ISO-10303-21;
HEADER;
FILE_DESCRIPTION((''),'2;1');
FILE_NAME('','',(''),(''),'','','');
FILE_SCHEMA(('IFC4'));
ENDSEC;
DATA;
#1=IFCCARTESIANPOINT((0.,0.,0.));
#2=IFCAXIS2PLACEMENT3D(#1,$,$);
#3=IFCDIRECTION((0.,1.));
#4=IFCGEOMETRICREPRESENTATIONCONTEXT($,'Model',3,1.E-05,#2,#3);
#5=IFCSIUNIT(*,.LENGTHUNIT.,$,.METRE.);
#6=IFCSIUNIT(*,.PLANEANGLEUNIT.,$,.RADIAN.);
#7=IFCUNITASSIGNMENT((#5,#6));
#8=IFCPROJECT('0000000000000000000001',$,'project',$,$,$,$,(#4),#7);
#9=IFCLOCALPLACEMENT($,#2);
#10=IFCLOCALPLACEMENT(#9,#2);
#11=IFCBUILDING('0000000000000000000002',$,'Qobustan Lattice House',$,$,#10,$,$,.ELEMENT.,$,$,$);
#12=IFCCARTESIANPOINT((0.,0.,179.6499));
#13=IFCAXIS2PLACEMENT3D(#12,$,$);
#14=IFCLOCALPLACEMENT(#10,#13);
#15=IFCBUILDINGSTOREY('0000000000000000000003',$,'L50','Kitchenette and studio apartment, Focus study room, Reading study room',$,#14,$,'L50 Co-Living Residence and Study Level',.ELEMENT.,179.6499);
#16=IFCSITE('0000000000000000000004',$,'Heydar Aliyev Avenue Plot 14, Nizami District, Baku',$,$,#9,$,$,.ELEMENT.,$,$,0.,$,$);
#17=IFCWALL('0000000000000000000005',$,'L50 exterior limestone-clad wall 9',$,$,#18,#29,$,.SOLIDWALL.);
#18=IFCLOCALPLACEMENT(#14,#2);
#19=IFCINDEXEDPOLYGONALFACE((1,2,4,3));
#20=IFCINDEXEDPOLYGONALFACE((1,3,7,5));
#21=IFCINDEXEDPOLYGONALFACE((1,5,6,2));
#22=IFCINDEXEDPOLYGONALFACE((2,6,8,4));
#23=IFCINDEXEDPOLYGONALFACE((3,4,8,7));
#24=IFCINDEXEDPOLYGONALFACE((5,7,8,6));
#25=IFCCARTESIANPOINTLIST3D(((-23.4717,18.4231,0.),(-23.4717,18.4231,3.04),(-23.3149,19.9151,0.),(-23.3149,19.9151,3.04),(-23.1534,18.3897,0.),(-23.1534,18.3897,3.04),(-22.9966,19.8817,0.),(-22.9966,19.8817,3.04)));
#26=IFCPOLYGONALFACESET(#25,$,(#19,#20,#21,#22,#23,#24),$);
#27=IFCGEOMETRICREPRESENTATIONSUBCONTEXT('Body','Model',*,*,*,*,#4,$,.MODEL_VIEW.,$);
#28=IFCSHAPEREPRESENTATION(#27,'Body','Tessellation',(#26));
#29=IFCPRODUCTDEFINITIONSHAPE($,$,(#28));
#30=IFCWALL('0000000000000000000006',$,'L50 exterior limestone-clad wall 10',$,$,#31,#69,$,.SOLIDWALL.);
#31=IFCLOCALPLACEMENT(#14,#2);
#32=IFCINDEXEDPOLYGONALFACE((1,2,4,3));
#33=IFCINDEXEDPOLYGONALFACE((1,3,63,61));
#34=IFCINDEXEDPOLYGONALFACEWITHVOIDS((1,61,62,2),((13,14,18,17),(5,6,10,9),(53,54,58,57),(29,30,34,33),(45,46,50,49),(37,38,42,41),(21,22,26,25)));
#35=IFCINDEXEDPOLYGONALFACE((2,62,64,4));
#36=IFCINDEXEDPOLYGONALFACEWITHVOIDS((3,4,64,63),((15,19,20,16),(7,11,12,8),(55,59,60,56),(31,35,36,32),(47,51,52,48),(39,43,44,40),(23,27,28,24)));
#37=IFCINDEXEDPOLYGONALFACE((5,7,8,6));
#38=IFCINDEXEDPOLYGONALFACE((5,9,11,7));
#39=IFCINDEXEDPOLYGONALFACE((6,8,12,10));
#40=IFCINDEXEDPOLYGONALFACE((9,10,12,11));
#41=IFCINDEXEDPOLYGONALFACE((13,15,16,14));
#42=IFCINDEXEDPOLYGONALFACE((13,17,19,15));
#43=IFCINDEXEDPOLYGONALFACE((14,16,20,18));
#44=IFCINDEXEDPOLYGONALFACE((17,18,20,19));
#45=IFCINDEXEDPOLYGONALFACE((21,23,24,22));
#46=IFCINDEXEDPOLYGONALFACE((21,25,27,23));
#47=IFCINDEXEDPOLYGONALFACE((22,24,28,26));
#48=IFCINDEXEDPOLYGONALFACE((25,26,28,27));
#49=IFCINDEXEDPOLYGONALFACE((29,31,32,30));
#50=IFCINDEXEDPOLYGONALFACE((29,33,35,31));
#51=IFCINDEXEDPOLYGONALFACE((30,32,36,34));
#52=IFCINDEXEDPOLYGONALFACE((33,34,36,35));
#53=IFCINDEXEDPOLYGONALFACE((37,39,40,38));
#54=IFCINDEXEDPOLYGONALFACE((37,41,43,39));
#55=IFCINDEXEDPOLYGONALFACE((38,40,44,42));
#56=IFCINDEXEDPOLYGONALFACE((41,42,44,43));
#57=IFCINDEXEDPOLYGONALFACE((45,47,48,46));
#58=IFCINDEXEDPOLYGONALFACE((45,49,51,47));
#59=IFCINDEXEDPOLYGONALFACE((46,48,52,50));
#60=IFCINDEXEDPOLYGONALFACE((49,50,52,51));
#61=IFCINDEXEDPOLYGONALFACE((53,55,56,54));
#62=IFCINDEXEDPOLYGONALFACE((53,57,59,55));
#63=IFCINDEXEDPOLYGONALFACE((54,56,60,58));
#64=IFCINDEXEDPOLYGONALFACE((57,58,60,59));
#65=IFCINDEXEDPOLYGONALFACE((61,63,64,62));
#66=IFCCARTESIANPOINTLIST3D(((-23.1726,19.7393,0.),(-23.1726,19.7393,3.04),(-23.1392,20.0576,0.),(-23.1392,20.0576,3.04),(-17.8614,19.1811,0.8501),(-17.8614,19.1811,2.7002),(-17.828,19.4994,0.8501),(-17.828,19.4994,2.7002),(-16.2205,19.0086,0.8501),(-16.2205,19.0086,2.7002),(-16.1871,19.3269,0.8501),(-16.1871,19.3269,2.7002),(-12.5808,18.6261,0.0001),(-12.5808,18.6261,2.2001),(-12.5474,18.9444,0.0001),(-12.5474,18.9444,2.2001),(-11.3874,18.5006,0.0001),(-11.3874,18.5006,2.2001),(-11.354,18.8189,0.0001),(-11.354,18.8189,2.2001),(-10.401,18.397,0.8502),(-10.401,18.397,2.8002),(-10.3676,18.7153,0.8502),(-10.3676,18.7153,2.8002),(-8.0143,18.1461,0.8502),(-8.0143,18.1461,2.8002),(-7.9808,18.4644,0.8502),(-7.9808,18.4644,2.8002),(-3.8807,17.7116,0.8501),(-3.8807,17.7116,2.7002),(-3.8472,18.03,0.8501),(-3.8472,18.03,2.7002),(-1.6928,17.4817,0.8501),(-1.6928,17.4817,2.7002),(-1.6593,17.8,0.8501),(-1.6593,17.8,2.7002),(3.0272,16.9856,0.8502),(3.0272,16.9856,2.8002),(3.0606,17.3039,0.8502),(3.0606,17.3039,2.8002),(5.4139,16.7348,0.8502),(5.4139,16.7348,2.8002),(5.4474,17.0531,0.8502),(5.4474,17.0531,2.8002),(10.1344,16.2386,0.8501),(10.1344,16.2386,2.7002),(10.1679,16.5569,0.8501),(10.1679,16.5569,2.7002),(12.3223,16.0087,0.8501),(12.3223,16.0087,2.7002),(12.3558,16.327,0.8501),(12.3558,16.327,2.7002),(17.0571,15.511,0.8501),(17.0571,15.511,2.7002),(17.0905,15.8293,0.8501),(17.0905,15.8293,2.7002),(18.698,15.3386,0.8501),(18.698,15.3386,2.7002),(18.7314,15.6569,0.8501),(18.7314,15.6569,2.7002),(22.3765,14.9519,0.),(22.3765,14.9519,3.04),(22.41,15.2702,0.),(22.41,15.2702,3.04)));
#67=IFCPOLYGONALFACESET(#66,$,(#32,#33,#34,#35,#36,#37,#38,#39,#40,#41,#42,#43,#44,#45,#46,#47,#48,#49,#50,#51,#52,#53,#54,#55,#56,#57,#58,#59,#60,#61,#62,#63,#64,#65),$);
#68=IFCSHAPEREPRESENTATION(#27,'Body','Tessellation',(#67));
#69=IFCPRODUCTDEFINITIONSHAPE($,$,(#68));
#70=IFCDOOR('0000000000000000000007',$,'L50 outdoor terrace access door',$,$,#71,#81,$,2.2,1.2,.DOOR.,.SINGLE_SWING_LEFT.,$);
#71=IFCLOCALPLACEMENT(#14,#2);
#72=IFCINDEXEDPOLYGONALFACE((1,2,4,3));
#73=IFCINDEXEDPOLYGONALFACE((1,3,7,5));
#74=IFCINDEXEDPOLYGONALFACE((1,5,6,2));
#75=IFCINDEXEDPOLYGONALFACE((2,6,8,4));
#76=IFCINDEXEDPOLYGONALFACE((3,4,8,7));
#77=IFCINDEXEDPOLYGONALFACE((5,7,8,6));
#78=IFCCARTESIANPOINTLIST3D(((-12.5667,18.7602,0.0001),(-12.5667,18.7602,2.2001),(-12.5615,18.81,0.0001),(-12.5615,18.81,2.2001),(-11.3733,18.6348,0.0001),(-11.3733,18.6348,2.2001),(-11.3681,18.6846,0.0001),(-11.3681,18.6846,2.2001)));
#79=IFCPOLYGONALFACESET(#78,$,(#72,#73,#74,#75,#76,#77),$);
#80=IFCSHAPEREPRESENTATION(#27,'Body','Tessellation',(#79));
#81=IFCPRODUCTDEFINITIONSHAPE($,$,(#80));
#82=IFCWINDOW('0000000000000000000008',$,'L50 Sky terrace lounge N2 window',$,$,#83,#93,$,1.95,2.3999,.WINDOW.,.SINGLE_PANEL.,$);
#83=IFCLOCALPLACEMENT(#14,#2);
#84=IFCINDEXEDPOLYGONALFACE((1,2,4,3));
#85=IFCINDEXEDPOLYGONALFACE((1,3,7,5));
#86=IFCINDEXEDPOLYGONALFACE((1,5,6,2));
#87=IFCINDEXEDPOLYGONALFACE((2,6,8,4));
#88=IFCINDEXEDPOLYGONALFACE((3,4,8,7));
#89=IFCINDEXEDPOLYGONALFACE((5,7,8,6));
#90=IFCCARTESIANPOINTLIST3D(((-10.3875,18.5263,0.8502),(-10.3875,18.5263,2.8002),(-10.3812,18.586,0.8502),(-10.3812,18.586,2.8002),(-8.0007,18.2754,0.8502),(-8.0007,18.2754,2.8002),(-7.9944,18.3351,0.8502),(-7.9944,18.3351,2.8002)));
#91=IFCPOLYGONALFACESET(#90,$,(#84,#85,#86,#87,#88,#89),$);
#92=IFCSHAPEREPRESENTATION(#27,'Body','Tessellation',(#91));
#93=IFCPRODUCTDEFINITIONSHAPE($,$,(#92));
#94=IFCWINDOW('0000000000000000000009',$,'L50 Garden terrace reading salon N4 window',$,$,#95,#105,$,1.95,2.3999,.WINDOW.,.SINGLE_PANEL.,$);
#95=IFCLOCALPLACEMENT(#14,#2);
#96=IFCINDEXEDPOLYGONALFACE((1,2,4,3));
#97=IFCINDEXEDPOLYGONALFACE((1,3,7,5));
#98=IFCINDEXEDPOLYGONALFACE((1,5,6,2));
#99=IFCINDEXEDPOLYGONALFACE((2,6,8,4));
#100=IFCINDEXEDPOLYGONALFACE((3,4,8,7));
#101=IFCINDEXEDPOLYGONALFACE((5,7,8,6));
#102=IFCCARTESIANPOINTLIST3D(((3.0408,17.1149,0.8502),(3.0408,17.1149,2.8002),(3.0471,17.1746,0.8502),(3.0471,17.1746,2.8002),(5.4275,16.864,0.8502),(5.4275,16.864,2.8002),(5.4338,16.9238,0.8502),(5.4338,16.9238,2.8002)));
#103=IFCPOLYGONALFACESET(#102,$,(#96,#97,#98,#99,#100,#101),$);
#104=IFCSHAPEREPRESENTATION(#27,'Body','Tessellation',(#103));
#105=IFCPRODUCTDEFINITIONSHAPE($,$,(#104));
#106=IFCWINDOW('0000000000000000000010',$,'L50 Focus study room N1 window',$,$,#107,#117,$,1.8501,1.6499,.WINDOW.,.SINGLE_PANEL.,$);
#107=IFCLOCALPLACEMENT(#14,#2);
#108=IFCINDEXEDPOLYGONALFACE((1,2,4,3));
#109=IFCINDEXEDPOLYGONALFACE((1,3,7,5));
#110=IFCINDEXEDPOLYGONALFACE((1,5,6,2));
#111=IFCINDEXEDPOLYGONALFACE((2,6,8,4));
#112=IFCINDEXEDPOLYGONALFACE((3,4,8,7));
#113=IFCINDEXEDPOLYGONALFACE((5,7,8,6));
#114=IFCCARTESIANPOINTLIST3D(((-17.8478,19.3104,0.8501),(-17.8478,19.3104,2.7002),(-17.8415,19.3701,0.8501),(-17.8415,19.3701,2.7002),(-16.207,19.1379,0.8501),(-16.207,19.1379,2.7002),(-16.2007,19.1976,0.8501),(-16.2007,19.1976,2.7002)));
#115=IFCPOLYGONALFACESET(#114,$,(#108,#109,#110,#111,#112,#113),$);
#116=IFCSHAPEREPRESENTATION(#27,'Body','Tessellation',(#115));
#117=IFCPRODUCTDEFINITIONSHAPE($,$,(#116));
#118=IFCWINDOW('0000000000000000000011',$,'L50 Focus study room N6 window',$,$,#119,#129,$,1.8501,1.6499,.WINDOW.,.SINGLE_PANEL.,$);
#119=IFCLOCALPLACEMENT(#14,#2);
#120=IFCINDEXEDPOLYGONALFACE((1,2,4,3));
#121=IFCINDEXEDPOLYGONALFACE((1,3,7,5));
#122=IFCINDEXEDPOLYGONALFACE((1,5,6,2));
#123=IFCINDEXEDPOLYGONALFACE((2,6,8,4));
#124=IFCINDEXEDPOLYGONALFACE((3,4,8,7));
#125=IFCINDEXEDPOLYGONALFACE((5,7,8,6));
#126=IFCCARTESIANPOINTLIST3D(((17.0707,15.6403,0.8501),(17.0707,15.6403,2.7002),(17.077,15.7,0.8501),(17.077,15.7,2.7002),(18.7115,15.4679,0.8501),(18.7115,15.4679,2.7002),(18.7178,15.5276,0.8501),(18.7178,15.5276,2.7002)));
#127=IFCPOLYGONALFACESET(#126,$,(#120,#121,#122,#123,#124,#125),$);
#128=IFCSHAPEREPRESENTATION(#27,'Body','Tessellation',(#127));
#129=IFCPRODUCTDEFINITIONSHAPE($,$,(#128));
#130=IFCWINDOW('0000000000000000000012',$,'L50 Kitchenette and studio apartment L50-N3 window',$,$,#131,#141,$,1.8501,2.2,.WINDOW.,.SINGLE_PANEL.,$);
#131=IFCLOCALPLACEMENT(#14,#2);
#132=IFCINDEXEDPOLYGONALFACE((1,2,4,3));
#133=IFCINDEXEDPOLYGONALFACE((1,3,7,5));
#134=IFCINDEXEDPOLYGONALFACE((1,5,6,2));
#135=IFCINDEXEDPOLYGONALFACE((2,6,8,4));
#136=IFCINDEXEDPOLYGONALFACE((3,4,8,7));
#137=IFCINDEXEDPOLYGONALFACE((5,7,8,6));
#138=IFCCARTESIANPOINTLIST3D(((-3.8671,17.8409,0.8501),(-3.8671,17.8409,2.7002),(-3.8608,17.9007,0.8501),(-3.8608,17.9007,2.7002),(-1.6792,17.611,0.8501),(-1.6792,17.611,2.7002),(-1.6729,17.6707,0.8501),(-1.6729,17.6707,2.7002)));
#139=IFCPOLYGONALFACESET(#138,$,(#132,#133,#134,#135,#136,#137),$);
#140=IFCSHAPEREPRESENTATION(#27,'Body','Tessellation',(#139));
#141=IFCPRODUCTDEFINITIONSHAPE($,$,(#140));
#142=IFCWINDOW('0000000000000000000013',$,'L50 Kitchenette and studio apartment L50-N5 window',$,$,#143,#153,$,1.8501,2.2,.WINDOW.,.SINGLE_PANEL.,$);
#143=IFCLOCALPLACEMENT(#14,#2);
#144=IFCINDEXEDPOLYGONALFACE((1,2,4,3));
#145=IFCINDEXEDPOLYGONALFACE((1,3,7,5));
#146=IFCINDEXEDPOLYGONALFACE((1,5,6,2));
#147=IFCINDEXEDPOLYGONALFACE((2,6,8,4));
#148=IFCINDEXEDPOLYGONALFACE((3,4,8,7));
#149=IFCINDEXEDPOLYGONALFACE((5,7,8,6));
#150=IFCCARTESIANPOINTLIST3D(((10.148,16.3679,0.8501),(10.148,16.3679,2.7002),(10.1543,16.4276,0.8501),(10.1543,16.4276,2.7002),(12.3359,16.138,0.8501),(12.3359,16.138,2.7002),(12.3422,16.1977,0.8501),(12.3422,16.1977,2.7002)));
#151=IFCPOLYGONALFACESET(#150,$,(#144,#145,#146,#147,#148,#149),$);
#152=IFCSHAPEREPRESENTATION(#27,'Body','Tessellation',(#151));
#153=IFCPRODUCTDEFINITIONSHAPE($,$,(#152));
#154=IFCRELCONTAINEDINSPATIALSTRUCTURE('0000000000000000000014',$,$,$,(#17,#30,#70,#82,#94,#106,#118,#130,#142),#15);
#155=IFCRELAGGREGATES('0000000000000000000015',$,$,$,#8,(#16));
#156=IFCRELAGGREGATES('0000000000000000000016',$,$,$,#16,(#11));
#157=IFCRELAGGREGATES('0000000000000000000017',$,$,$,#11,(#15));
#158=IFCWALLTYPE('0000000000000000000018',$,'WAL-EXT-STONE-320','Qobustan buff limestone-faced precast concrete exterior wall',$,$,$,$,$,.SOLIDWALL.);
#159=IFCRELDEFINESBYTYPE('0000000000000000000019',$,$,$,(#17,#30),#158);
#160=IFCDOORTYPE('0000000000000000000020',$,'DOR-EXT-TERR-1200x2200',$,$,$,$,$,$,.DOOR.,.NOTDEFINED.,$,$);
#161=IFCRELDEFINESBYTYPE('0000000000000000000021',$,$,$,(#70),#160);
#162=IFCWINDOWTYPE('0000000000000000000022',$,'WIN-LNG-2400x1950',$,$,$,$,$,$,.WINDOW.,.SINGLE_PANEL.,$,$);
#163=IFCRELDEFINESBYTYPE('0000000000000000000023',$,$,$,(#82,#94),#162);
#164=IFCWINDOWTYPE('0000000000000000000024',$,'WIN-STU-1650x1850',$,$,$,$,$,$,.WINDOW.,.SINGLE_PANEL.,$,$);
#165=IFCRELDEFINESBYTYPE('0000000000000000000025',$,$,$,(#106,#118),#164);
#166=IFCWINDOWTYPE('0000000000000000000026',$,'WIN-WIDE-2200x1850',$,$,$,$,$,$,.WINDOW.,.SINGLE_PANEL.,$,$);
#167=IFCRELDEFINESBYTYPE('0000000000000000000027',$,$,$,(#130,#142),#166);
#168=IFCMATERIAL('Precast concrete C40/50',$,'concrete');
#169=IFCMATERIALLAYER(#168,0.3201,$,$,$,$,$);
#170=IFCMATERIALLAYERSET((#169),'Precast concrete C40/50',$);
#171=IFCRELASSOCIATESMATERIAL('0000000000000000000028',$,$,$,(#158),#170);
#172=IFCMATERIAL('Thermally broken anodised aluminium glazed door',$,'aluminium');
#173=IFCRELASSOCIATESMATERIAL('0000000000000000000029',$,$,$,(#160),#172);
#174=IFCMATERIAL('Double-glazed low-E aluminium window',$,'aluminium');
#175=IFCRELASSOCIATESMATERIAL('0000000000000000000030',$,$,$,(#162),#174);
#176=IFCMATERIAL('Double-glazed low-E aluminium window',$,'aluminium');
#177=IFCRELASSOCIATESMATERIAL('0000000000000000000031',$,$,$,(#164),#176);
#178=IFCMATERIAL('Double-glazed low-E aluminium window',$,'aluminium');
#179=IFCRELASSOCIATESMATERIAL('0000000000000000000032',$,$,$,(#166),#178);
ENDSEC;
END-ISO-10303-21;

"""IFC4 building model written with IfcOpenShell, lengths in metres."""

from ifc_helpers import new_model, si_unit, direction, frame, frame_2d, origin, place, context, subcontext, project, spatial, rectangle, extrude, material, layer, layer_set, type_object, element, fill, save


model = new_model("IFC4")

# Units and contexts
model_context = context("Model", 3, precision=1e-05, world=origin(), true_north=direction((0.0, 1.0)))
body_context = subcontext(model_context, "Body", "Model", "MODEL_VIEW")
ifc_project = project(units=[si_unit("LENGTHUNIT", "METRE"), si_unit("PLANEANGLEUNIT", "RADIAN")], contexts=[model_context])

# Site, building, storey
site_placement = place(None, origin())
site = spatial("IfcSite", under=ifc_project, at=site_placement, Name="Heydar Aliyev Avenue Plot 14, Nizami District, Baku", CompositionType="ELEMENT", RefElevation=0.0)
building_placement = place(site_placement, origin())
building = spatial("IfcBuilding", under=site, at=building_placement, Name="Qobustan Lattice House", CompositionType="ELEMENT")
storey_placement = place(building_placement, frame((0.0, 0.0, 179.6499)))
storey = spatial("IfcBuildingStorey", under=building, at=storey_placement, Name="L50", Description="Kitchenette and studio apartment, Focus study room, Reading study room", LongName="L50 Co-Living Residence and Study Level", CompositionType="ELEMENT", Elevation=179.6499)

# Wall
ifc_material_1 = material(Name="Precast concrete C40/50", Category="concrete")
ifc_layer_1 = layer(ifc_material_1, 0.3201)
ifc_layer_set_1 = layer_set([ifc_layer_1], Name="Precast concrete C40/50")
wall_type_1 = type_object("IfcWallType", Name="WAL-EXT-STONE-320", Description="Qobustan buff limestone-faced precast concrete exterior wall", PredefinedType="SOLIDWALL", material=ifc_layer_set_1)
wall_1_placement = place(storey_placement, frame((-23.3125, 18.4065, 0.0), z_axis=(0.0, 0.0, 1.0), x_axis=(0.104481, 0.994527, 0.0)))
element("IfcWall", 1, at=wall_1_placement, inside=storey, type_object=wall_type_1, Name="L50 exterior limestone-clad wall 9", PredefinedType="SOLIDWALL", context=body_context, shape_type="SweptSolid", body=[
    extrude(rectangle(XDim=1.5002, YDim=0.3201, at=frame_2d((0.75, 0.0))), origin(), (0.0, 0.0, 1.0), 3.04),
])

# Wall, openings, door, windows
wall_2_placement = place(storey_placement, frame((-23.1558, 19.8984, 0.0), z_axis=(0.0, 0.0, 1.0), x_axis=(0.994522, -0.104527, 0.0)))
wall_2 = element("IfcWall", 2, at=wall_2_placement, inside=storey, type_object=wall_type_1, Name="L50 exterior limestone-clad wall 10", PredefinedType="SOLIDWALL", context=body_context, shape_type="SweptSolid", body=[
    extrude(rectangle(XDim=45.8, YDim=0.3201, at=frame_2d((22.8999, 0.0))), origin(), (0.0, 0.0, 1.0), 3.04),
])
opening_1_placement = place(wall_2_placement, frame((10.6499, 0.0, 0.0)))
opening_1 = element("IfcOpeningElement", 3, at=opening_1_placement, cuts=wall_2, PredefinedType="OPENING", context=body_context, shape_type="SweptSolid", body=[
    extrude(rectangle(XDim=1.2, YDim=2.2, at=frame_2d((0.6001, 1.1001))), frame((0.0, 0.1699, 0.0), z_axis=(0.0, -1.0, 0.0), x_axis=(1.0, 0.0, 0.0)), (0.0, 0.0, 1.0), 0.3401),
])
opening_2_placement = place(wall_2_placement, frame((5.3403, 0.0, 0.8501)))
opening_2 = element("IfcOpeningElement", 4, at=opening_2_placement, cuts=wall_2, PredefinedType="OPENING", context=body_context, shape_type="SweptSolid", body=[
    extrude(rectangle(XDim=1.6499, YDim=1.8501, at=frame_2d((0.825, 0.925))), frame((0.0, 0.1699, 0.0), z_axis=(0.0, -1.0, 0.0), x_axis=(1.0, 0.0, 0.0)), (0.0, 0.0, 1.0), 0.3401),
])
opening_3_placement = place(wall_2_placement, frame((12.8418, 0.0, 0.8501)))
opening_3 = element("IfcOpeningElement", 5, at=opening_3_placement, cuts=wall_2, PredefinedType="OPENING", context=body_context, shape_type="SweptSolid", body=[
    extrude(rectangle(XDim=2.3999, YDim=1.95, at=frame_2d((1.2, 0.9751))), frame((0.0, 0.1699, 0.0), z_axis=(0.0, -1.0, 0.0), x_axis=(1.0, 0.0, 0.0)), (0.0, 0.0, 1.0), 0.3401),
])
opening_4_placement = place(wall_2_placement, frame((19.3979, 0.0, 0.8501)))
opening_4 = element("IfcOpeningElement", 6, at=opening_4_placement, cuts=wall_2, PredefinedType="OPENING", context=body_context, shape_type="SweptSolid", body=[
    extrude(rectangle(XDim=2.2, YDim=1.8501, at=frame_2d((1.1001, 0.925))), frame((0.0, 0.1699, 0.0), z_axis=(0.0, -1.0, 0.0), x_axis=(1.0, 0.0, 0.0)), (0.0, 0.0, 1.0), 0.3401),
])
opening_5_placement = place(wall_2_placement, frame((26.344, 0.0, 0.8501)))
opening_5 = element("IfcOpeningElement", 7, at=opening_5_placement, cuts=wall_2, PredefinedType="OPENING", context=body_context, shape_type="SweptSolid", body=[
    extrude(rectangle(XDim=2.3999, YDim=1.95, at=frame_2d((1.2, 0.9751))), frame((0.0, 0.1699, 0.0), z_axis=(0.0, -1.0, 0.0), x_axis=(1.0, 0.0, 0.0)), (0.0, 0.0, 1.0), 0.3401),
])
opening_6_placement = place(wall_2_placement, frame((33.4902, 0.0, 0.8501)))
opening_6 = element("IfcOpeningElement", 8, at=opening_6_placement, cuts=wall_2, PredefinedType="OPENING", context=body_context, shape_type="SweptSolid", body=[
    extrude(rectangle(XDim=2.2, YDim=1.8501, at=frame_2d((1.1001, 0.925))), frame((0.0, 0.1699, 0.0), z_axis=(0.0, -1.0, 0.0), x_axis=(1.0, 0.0, 0.0)), (0.0, 0.0, 1.0), 0.3401),
])
opening_7_placement = place(wall_2_placement, frame((40.4512, 0.0, 0.8501)))
opening_7 = element("IfcOpeningElement", 9, at=opening_7_placement, cuts=wall_2, PredefinedType="OPENING", context=body_context, shape_type="SweptSolid", body=[
    extrude(rectangle(XDim=1.6499, YDim=1.8501, at=frame_2d((0.825, 0.925))), frame((0.0, 0.1699, 0.0), z_axis=(0.0, -1.0, 0.0), x_axis=(1.0, 0.0, 0.0)), (0.0, 0.0, 1.0), 0.3401),
])
ifc_material_2 = material(Name="Thermally broken anodised aluminium glazed door", Category="aluminium")
door_type_1 = type_object("IfcDoorType", Name="DOR-EXT-TERR-1200x2200", OperationType="NOTDEFINED", PredefinedType="DOOR", material=ifc_material_2)
door_1_placement = place(opening_1_placement, origin())
door_1 = element("IfcDoor", 10, at=door_1_placement, inside=storey, type_object=door_type_1, Name="L50 outdoor terrace access door", OperationType="SINGLE_SWING_LEFT", OverallHeight=2.2, OverallWidth=1.2, PredefinedType="DOOR", context=body_context, shape_type="SweptSolid", body=[
    extrude(rectangle(XDim=1.2, YDim=2.2, at=frame_2d((0.6001, 1.1001))), frame((0.0, 0.0249, 0.0), z_axis=(0.0, -1.0, 0.0), x_axis=(1.0, 0.0, 0.0)), (0.0, 0.0, 1.0), 0.05),
])
fill(opening_1, door_1)
ifc_material_3 = material(Name="Double-glazed low-E aluminium window", Category="aluminium")
window_type_1 = type_object("IfcWindowType", Name="WIN-LNG-2400x1950", PartitioningType="SINGLE_PANEL", PredefinedType="WINDOW", material=ifc_material_3)
window_1_placement = place(opening_3_placement, origin())
window_1 = element("IfcWindow", 11, at=window_1_placement, inside=storey, type_object=window_type_1, Name="L50 Sky terrace lounge N2 window", OverallHeight=1.95, OverallWidth=2.3999, PartitioningType="SINGLE_PANEL", PredefinedType="WINDOW", context=body_context, shape_type="SweptSolid", body=[
    extrude(rectangle(XDim=2.3999, YDim=1.95, at=frame_2d((1.2, 0.9751))), frame((0.0, 0.03, 0.0), z_axis=(0.0, -1.0, 0.0), x_axis=(1.0, 0.0, 0.0)), (0.0, 0.0, 1.0), 0.0601),
])
fill(opening_3, window_1)
window_2_placement = place(opening_5_placement, origin())
window_2 = element("IfcWindow", 12, at=window_2_placement, inside=storey, type_object=window_type_1, Name="L50 Garden terrace reading salon N4 window", OverallHeight=1.95, OverallWidth=2.3999, PartitioningType="SINGLE_PANEL", PredefinedType="WINDOW", context=body_context, shape_type="SweptSolid", body=[
    extrude(rectangle(XDim=2.3999, YDim=1.95, at=frame_2d((1.2, 0.9751))), frame((0.0, 0.03, 0.0), z_axis=(0.0, -1.0, 0.0), x_axis=(1.0, 0.0, 0.0)), (0.0, 0.0, 1.0), 0.0601),
])
fill(opening_5, window_2)
ifc_material_4 = material(Name="Double-glazed low-E aluminium window", Category="aluminium")
window_type_2 = type_object("IfcWindowType", Name="WIN-STU-1650x1850", PartitioningType="SINGLE_PANEL", PredefinedType="WINDOW", material=ifc_material_4)
window_3_placement = place(opening_2_placement, origin())
window_3 = element("IfcWindow", 13, at=window_3_placement, inside=storey, type_object=window_type_2, Name="L50 Focus study room N1 window", OverallHeight=1.8501, OverallWidth=1.6499, PartitioningType="SINGLE_PANEL", PredefinedType="WINDOW", context=body_context, shape_type="SweptSolid", body=[
    extrude(rectangle(XDim=1.6499, YDim=1.8501, at=frame_2d((0.825, 0.925))), frame((0.0, 0.03, 0.0), z_axis=(0.0, -1.0, 0.0), x_axis=(1.0, 0.0, 0.0)), (0.0, 0.0, 1.0), 0.0601),
])
fill(opening_2, window_3)
window_4_placement = place(opening_7_placement, origin())
window_4 = element("IfcWindow", 14, at=window_4_placement, inside=storey, type_object=window_type_2, Name="L50 Focus study room N6 window", OverallHeight=1.8501, OverallWidth=1.6499, PartitioningType="SINGLE_PANEL", PredefinedType="WINDOW", context=body_context, shape_type="SweptSolid", body=[
    extrude(rectangle(XDim=1.6499, YDim=1.8501, at=frame_2d((0.825, 0.925))), frame((0.0, 0.03, 0.0), z_axis=(0.0, -1.0, 0.0), x_axis=(1.0, 0.0, 0.0)), (0.0, 0.0, 1.0), 0.0601),
])
fill(opening_7, window_4)
ifc_material_5 = material(Name="Double-glazed low-E aluminium window", Category="aluminium")
window_type_3 = type_object("IfcWindowType", Name="WIN-WIDE-2200x1850", PartitioningType="SINGLE_PANEL", PredefinedType="WINDOW", material=ifc_material_5)
window_5_placement = place(opening_4_placement, origin())
window_5 = element("IfcWindow", 15, at=window_5_placement, inside=storey, type_object=window_type_3, Name="L50 Kitchenette and studio apartment L50-N3 window", OverallHeight=1.8501, OverallWidth=2.2, PartitioningType="SINGLE_PANEL", PredefinedType="WINDOW", context=body_context, shape_type="SweptSolid", body=[
    extrude(rectangle(XDim=2.2, YDim=1.8501, at=frame_2d((1.1001, 0.925))), frame((0.0, 0.03, 0.0), z_axis=(0.0, -1.0, 0.0), x_axis=(1.0, 0.0, 0.0)), (0.0, 0.0, 1.0), 0.0601),
])
fill(opening_4, window_5)
window_6_placement = place(opening_6_placement, origin())
window_6 = element("IfcWindow", 16, at=window_6_placement, inside=storey, type_object=window_type_3, Name="L50 Kitchenette and studio apartment L50-N5 window", OverallHeight=1.8501, OverallWidth=2.2, PartitioningType="SINGLE_PANEL", PredefinedType="WINDOW", context=body_context, shape_type="SweptSolid", body=[
    extrude(rectangle(XDim=2.2, YDim=1.8501, at=frame_2d((1.1001, 0.925))), frame((0.0, 0.03, 0.0), z_axis=(0.0, -1.0, 0.0), x_axis=(1.0, 0.0, 0.0)), (0.0, 0.0, 1.0), 0.0601),
])
fill(opening_6, window_6)

save(model, "model.ifc")
